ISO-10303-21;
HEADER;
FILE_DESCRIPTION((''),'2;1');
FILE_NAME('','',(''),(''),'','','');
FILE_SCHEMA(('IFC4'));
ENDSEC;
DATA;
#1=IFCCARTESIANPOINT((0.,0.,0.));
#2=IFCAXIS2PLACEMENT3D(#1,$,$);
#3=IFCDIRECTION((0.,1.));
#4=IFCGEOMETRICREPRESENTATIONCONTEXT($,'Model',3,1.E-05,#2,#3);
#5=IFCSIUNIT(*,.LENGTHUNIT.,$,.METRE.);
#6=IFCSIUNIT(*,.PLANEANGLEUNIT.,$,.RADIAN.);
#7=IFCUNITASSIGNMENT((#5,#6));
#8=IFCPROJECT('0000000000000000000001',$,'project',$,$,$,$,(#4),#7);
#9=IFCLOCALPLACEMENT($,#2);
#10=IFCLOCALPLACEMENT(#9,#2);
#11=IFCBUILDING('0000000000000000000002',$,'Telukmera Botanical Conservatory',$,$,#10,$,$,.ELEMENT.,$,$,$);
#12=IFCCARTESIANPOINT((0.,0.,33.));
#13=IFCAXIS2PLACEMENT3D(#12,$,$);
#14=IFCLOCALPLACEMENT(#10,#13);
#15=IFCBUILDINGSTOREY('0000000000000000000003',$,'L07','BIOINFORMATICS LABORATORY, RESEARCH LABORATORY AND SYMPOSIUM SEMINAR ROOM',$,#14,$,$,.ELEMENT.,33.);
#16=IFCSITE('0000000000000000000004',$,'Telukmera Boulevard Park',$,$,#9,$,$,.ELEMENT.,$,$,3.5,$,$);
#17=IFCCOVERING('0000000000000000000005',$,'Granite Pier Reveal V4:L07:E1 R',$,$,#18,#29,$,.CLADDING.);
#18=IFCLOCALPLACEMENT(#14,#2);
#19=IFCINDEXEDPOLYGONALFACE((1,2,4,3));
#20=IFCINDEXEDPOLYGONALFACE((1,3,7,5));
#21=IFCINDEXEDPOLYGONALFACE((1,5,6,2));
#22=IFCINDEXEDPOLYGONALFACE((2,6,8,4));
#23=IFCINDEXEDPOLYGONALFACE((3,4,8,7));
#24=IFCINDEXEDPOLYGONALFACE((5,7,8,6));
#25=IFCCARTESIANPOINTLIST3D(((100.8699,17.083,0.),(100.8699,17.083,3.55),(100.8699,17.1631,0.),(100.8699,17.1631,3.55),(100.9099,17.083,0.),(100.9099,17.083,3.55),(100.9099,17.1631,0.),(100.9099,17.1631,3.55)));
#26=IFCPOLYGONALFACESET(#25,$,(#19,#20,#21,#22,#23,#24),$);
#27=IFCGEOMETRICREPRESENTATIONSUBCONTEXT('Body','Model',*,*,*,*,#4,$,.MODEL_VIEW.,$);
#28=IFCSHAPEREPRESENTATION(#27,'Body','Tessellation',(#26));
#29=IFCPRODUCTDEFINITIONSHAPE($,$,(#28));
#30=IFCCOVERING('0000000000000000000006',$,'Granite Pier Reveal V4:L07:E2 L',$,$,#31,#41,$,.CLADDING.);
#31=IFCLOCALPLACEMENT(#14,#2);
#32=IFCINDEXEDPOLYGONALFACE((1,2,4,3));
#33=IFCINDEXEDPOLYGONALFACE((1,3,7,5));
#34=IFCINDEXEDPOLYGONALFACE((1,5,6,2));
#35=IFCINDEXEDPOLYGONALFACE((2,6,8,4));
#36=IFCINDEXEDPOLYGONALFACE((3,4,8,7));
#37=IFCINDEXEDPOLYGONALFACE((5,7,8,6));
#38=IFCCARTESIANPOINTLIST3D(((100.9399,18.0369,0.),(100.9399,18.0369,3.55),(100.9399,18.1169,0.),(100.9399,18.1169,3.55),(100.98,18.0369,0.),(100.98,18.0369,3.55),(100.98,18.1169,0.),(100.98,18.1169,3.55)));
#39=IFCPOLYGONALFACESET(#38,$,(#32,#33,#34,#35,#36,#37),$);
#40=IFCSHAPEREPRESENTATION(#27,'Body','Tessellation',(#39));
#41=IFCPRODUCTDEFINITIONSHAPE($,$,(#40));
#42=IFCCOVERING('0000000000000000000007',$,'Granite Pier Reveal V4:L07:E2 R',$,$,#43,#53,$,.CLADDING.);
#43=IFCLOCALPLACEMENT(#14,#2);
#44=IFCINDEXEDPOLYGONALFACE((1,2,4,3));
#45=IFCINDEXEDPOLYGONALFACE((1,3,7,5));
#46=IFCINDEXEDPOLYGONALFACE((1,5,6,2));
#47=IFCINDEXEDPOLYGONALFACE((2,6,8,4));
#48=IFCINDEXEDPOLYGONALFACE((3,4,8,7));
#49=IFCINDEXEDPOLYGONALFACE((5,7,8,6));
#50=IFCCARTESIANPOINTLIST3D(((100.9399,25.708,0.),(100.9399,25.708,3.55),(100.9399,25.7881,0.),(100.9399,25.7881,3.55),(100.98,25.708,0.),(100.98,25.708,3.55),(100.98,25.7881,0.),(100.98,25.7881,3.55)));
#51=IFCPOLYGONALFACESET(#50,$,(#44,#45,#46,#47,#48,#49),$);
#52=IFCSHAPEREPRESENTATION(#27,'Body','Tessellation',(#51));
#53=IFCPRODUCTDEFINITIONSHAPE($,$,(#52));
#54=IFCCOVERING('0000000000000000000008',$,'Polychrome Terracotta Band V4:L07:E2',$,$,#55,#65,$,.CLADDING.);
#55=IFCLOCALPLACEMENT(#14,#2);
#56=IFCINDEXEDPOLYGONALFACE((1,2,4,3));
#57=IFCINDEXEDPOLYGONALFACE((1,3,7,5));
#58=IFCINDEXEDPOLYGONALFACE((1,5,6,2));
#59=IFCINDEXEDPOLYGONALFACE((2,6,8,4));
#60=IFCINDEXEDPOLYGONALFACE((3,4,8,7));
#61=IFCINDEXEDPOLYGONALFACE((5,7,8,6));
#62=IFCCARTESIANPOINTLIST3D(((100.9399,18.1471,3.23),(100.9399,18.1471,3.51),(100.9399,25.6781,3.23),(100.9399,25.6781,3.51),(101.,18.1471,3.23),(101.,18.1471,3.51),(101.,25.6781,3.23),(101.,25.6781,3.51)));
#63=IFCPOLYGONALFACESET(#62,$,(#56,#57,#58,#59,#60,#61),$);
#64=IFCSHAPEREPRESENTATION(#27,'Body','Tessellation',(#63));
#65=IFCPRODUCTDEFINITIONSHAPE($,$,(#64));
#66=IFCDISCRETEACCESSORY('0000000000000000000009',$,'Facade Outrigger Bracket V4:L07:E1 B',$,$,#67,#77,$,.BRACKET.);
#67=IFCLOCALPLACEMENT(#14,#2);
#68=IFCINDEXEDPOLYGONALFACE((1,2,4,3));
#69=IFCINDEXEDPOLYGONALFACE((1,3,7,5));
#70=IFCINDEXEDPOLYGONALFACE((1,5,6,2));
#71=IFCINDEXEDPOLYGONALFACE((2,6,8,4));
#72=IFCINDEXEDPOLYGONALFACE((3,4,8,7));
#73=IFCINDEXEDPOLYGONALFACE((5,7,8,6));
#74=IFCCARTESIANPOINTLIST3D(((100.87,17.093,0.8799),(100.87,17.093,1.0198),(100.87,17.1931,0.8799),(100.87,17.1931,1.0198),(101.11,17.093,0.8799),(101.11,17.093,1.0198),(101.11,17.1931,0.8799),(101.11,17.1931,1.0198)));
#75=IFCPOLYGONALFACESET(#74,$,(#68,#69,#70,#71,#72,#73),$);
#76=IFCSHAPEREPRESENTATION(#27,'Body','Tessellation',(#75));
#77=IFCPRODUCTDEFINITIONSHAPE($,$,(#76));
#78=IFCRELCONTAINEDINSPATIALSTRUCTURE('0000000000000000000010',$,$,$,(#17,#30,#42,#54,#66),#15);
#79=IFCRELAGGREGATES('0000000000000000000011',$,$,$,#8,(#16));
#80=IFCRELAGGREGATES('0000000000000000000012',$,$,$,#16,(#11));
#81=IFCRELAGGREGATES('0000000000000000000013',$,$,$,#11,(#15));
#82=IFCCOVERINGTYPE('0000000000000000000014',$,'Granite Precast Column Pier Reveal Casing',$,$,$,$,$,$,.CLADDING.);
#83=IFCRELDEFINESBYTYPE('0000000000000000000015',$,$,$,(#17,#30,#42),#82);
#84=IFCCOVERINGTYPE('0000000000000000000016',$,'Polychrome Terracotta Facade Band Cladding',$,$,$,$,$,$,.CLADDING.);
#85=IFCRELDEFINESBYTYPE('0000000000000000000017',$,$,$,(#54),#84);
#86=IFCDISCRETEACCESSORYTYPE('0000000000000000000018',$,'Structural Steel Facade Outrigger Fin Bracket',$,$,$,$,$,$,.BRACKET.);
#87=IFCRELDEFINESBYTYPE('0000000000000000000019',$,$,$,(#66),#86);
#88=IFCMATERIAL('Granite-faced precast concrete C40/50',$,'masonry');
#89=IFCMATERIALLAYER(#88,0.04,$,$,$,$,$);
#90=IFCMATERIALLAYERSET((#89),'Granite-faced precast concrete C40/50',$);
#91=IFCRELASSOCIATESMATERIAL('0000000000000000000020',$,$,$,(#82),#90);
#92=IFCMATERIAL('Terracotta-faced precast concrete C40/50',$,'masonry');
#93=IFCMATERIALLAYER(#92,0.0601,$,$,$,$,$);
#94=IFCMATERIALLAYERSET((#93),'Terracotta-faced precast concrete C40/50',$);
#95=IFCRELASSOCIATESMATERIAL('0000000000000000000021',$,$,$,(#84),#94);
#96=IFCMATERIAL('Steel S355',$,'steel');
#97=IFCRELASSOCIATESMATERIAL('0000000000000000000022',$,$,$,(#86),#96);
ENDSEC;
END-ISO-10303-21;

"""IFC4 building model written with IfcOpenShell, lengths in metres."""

from ifc_helpers import new_model, si_unit, direction, frame, origin, origin_2d, place, context, subcontext, project, spatial, rectangle, extrude, material, layer, layer_set, type_object, element, save


model = new_model("IFC4")

# Units and contexts
model_context = context("Model", 3, precision=1e-05, world=origin(), true_north=direction((0.0, 1.0)))
body_context = subcontext(model_context, "Body", "Model", "MODEL_VIEW")
ifc_project = project(units=[si_unit("LENGTHUNIT", "METRE"), si_unit("PLANEANGLEUNIT", "RADIAN")], contexts=[model_context])

# Site, building, storey
site_placement = place(None, origin())
site = spatial("IfcSite", under=ifc_project, at=site_placement, Name="Telukmera Boulevard Park", CompositionType="ELEMENT", RefElevation=3.5)
building_placement = place(site_placement, origin())
building = spatial("IfcBuilding", under=site, at=building_placement, Name="Telukmera Botanical Conservatory", CompositionType="ELEMENT")
storey_placement = place(building_placement, frame((0.0, 0.0, 33.0)))
storey = spatial("IfcBuildingStorey", under=building, at=storey_placement, Name="L07", Description="BIOINFORMATICS LABORATORY, RESEARCH LABORATORY AND SYMPOSIUM SEMINAR ROOM", CompositionType="ELEMENT", Elevation=33.0)

# Coverings
ifc_material_1 = material(Name="Granite-faced precast concrete C40/50", Category="masonry")
ifc_layer_1 = layer(ifc_material_1, 0.04)
ifc_layer_set_1 = layer_set([ifc_layer_1], Name="Granite-faced precast concrete C40/50")
covering_type_1 = type_object("IfcCoveringType", Name="Granite Precast Column Pier Reveal Casing", PredefinedType="CLADDING", material=ifc_layer_set_1)
for number, where, z_axis, x_axis, name in (
    (1, (100.8899, 17.123, 0.0), (0.0, 0.0, 1.0), (0.0, 1.0, 0.0), "Granite Pier Reveal V4:L07:E1 R"),
    (2, (100.96, 18.0769, 0.0), (0.0, 0.0, 1.0), (0.0, 1.0, 0.0), "Granite Pier Reveal V4:L07:E2 L"),
    (3, (100.96, 25.748, 0.0), (0.0, 0.0, 1.0), (0.0, 1.0, 0.0), "Granite Pier Reveal V4:L07:E2 R"),
):
    element("IfcCovering", number, at=place(storey_placement, frame(where, z_axis=z_axis, x_axis=x_axis)), inside=storey, type_object=covering_type_1, Name=name, PredefinedType="CLADDING", context=body_context, shape_type="SweptSolid", body=[
        extrude(rectangle(XDim=0.0801, YDim=0.04, at=origin_2d()), origin(), (0.0, 0.0, 1.0), 3.55),
    ])
ifc_material_2 = material(Name="Terracotta-faced precast concrete C40/50", Category="masonry")
ifc_layer_2 = layer(ifc_material_2, 0.0601)
ifc_layer_set_2 = layer_set([ifc_layer_2], Name="Terracotta-faced precast concrete C40/50")
covering_type_2 = type_object("IfcCoveringType", Name="Polychrome Terracotta Facade Band Cladding", PredefinedType="CLADDING", material=ifc_layer_set_2)
covering_placement = place(storey_placement, frame((100.97, 21.9126, 3.23), z_axis=(0.0, 0.0, 1.0), x_axis=(0.0, 1.0, 0.0)))
element("IfcCovering", 4, at=covering_placement, inside=storey, type_object=covering_type_2, Name="Polychrome Terracotta Band V4:L07:E2", PredefinedType="CLADDING", context=body_context, shape_type="SweptSolid", body=[
    extrude(rectangle(XDim=7.531, YDim=0.0601, at=origin_2d()), origin(), (0.0, 0.0, 1.0), 0.28),
])

# Discrete accessory
ifc_material_3 = material(Name="Steel S355", Category="steel")
discrete_accessory_type = type_object("IfcDiscreteAccessoryType", Name="Structural Steel Facade Outrigger Fin Bracket", PredefinedType="BRACKET", material=ifc_material_3)
discrete_accessory_placement = place(storey_placement, frame((100.99, 17.1431, 0.8799), z_axis=(0.0, 0.0, 1.0), x_axis=(0.0, 1.0, 0.0)))
element("IfcDiscreteAccessory", 5, at=discrete_accessory_placement, inside=storey, type_object=discrete_accessory_type, Name="Facade Outrigger Bracket V4:L07:E1 B", PredefinedType="BRACKET", context=body_context, shape_type="SweptSolid", body=[
    extrude(rectangle(XDim=0.1001, YDim=0.24, at=origin_2d()), origin(), (0.0, 0.0, 1.0), 0.1399),
])

save(model, "model.ifc")
